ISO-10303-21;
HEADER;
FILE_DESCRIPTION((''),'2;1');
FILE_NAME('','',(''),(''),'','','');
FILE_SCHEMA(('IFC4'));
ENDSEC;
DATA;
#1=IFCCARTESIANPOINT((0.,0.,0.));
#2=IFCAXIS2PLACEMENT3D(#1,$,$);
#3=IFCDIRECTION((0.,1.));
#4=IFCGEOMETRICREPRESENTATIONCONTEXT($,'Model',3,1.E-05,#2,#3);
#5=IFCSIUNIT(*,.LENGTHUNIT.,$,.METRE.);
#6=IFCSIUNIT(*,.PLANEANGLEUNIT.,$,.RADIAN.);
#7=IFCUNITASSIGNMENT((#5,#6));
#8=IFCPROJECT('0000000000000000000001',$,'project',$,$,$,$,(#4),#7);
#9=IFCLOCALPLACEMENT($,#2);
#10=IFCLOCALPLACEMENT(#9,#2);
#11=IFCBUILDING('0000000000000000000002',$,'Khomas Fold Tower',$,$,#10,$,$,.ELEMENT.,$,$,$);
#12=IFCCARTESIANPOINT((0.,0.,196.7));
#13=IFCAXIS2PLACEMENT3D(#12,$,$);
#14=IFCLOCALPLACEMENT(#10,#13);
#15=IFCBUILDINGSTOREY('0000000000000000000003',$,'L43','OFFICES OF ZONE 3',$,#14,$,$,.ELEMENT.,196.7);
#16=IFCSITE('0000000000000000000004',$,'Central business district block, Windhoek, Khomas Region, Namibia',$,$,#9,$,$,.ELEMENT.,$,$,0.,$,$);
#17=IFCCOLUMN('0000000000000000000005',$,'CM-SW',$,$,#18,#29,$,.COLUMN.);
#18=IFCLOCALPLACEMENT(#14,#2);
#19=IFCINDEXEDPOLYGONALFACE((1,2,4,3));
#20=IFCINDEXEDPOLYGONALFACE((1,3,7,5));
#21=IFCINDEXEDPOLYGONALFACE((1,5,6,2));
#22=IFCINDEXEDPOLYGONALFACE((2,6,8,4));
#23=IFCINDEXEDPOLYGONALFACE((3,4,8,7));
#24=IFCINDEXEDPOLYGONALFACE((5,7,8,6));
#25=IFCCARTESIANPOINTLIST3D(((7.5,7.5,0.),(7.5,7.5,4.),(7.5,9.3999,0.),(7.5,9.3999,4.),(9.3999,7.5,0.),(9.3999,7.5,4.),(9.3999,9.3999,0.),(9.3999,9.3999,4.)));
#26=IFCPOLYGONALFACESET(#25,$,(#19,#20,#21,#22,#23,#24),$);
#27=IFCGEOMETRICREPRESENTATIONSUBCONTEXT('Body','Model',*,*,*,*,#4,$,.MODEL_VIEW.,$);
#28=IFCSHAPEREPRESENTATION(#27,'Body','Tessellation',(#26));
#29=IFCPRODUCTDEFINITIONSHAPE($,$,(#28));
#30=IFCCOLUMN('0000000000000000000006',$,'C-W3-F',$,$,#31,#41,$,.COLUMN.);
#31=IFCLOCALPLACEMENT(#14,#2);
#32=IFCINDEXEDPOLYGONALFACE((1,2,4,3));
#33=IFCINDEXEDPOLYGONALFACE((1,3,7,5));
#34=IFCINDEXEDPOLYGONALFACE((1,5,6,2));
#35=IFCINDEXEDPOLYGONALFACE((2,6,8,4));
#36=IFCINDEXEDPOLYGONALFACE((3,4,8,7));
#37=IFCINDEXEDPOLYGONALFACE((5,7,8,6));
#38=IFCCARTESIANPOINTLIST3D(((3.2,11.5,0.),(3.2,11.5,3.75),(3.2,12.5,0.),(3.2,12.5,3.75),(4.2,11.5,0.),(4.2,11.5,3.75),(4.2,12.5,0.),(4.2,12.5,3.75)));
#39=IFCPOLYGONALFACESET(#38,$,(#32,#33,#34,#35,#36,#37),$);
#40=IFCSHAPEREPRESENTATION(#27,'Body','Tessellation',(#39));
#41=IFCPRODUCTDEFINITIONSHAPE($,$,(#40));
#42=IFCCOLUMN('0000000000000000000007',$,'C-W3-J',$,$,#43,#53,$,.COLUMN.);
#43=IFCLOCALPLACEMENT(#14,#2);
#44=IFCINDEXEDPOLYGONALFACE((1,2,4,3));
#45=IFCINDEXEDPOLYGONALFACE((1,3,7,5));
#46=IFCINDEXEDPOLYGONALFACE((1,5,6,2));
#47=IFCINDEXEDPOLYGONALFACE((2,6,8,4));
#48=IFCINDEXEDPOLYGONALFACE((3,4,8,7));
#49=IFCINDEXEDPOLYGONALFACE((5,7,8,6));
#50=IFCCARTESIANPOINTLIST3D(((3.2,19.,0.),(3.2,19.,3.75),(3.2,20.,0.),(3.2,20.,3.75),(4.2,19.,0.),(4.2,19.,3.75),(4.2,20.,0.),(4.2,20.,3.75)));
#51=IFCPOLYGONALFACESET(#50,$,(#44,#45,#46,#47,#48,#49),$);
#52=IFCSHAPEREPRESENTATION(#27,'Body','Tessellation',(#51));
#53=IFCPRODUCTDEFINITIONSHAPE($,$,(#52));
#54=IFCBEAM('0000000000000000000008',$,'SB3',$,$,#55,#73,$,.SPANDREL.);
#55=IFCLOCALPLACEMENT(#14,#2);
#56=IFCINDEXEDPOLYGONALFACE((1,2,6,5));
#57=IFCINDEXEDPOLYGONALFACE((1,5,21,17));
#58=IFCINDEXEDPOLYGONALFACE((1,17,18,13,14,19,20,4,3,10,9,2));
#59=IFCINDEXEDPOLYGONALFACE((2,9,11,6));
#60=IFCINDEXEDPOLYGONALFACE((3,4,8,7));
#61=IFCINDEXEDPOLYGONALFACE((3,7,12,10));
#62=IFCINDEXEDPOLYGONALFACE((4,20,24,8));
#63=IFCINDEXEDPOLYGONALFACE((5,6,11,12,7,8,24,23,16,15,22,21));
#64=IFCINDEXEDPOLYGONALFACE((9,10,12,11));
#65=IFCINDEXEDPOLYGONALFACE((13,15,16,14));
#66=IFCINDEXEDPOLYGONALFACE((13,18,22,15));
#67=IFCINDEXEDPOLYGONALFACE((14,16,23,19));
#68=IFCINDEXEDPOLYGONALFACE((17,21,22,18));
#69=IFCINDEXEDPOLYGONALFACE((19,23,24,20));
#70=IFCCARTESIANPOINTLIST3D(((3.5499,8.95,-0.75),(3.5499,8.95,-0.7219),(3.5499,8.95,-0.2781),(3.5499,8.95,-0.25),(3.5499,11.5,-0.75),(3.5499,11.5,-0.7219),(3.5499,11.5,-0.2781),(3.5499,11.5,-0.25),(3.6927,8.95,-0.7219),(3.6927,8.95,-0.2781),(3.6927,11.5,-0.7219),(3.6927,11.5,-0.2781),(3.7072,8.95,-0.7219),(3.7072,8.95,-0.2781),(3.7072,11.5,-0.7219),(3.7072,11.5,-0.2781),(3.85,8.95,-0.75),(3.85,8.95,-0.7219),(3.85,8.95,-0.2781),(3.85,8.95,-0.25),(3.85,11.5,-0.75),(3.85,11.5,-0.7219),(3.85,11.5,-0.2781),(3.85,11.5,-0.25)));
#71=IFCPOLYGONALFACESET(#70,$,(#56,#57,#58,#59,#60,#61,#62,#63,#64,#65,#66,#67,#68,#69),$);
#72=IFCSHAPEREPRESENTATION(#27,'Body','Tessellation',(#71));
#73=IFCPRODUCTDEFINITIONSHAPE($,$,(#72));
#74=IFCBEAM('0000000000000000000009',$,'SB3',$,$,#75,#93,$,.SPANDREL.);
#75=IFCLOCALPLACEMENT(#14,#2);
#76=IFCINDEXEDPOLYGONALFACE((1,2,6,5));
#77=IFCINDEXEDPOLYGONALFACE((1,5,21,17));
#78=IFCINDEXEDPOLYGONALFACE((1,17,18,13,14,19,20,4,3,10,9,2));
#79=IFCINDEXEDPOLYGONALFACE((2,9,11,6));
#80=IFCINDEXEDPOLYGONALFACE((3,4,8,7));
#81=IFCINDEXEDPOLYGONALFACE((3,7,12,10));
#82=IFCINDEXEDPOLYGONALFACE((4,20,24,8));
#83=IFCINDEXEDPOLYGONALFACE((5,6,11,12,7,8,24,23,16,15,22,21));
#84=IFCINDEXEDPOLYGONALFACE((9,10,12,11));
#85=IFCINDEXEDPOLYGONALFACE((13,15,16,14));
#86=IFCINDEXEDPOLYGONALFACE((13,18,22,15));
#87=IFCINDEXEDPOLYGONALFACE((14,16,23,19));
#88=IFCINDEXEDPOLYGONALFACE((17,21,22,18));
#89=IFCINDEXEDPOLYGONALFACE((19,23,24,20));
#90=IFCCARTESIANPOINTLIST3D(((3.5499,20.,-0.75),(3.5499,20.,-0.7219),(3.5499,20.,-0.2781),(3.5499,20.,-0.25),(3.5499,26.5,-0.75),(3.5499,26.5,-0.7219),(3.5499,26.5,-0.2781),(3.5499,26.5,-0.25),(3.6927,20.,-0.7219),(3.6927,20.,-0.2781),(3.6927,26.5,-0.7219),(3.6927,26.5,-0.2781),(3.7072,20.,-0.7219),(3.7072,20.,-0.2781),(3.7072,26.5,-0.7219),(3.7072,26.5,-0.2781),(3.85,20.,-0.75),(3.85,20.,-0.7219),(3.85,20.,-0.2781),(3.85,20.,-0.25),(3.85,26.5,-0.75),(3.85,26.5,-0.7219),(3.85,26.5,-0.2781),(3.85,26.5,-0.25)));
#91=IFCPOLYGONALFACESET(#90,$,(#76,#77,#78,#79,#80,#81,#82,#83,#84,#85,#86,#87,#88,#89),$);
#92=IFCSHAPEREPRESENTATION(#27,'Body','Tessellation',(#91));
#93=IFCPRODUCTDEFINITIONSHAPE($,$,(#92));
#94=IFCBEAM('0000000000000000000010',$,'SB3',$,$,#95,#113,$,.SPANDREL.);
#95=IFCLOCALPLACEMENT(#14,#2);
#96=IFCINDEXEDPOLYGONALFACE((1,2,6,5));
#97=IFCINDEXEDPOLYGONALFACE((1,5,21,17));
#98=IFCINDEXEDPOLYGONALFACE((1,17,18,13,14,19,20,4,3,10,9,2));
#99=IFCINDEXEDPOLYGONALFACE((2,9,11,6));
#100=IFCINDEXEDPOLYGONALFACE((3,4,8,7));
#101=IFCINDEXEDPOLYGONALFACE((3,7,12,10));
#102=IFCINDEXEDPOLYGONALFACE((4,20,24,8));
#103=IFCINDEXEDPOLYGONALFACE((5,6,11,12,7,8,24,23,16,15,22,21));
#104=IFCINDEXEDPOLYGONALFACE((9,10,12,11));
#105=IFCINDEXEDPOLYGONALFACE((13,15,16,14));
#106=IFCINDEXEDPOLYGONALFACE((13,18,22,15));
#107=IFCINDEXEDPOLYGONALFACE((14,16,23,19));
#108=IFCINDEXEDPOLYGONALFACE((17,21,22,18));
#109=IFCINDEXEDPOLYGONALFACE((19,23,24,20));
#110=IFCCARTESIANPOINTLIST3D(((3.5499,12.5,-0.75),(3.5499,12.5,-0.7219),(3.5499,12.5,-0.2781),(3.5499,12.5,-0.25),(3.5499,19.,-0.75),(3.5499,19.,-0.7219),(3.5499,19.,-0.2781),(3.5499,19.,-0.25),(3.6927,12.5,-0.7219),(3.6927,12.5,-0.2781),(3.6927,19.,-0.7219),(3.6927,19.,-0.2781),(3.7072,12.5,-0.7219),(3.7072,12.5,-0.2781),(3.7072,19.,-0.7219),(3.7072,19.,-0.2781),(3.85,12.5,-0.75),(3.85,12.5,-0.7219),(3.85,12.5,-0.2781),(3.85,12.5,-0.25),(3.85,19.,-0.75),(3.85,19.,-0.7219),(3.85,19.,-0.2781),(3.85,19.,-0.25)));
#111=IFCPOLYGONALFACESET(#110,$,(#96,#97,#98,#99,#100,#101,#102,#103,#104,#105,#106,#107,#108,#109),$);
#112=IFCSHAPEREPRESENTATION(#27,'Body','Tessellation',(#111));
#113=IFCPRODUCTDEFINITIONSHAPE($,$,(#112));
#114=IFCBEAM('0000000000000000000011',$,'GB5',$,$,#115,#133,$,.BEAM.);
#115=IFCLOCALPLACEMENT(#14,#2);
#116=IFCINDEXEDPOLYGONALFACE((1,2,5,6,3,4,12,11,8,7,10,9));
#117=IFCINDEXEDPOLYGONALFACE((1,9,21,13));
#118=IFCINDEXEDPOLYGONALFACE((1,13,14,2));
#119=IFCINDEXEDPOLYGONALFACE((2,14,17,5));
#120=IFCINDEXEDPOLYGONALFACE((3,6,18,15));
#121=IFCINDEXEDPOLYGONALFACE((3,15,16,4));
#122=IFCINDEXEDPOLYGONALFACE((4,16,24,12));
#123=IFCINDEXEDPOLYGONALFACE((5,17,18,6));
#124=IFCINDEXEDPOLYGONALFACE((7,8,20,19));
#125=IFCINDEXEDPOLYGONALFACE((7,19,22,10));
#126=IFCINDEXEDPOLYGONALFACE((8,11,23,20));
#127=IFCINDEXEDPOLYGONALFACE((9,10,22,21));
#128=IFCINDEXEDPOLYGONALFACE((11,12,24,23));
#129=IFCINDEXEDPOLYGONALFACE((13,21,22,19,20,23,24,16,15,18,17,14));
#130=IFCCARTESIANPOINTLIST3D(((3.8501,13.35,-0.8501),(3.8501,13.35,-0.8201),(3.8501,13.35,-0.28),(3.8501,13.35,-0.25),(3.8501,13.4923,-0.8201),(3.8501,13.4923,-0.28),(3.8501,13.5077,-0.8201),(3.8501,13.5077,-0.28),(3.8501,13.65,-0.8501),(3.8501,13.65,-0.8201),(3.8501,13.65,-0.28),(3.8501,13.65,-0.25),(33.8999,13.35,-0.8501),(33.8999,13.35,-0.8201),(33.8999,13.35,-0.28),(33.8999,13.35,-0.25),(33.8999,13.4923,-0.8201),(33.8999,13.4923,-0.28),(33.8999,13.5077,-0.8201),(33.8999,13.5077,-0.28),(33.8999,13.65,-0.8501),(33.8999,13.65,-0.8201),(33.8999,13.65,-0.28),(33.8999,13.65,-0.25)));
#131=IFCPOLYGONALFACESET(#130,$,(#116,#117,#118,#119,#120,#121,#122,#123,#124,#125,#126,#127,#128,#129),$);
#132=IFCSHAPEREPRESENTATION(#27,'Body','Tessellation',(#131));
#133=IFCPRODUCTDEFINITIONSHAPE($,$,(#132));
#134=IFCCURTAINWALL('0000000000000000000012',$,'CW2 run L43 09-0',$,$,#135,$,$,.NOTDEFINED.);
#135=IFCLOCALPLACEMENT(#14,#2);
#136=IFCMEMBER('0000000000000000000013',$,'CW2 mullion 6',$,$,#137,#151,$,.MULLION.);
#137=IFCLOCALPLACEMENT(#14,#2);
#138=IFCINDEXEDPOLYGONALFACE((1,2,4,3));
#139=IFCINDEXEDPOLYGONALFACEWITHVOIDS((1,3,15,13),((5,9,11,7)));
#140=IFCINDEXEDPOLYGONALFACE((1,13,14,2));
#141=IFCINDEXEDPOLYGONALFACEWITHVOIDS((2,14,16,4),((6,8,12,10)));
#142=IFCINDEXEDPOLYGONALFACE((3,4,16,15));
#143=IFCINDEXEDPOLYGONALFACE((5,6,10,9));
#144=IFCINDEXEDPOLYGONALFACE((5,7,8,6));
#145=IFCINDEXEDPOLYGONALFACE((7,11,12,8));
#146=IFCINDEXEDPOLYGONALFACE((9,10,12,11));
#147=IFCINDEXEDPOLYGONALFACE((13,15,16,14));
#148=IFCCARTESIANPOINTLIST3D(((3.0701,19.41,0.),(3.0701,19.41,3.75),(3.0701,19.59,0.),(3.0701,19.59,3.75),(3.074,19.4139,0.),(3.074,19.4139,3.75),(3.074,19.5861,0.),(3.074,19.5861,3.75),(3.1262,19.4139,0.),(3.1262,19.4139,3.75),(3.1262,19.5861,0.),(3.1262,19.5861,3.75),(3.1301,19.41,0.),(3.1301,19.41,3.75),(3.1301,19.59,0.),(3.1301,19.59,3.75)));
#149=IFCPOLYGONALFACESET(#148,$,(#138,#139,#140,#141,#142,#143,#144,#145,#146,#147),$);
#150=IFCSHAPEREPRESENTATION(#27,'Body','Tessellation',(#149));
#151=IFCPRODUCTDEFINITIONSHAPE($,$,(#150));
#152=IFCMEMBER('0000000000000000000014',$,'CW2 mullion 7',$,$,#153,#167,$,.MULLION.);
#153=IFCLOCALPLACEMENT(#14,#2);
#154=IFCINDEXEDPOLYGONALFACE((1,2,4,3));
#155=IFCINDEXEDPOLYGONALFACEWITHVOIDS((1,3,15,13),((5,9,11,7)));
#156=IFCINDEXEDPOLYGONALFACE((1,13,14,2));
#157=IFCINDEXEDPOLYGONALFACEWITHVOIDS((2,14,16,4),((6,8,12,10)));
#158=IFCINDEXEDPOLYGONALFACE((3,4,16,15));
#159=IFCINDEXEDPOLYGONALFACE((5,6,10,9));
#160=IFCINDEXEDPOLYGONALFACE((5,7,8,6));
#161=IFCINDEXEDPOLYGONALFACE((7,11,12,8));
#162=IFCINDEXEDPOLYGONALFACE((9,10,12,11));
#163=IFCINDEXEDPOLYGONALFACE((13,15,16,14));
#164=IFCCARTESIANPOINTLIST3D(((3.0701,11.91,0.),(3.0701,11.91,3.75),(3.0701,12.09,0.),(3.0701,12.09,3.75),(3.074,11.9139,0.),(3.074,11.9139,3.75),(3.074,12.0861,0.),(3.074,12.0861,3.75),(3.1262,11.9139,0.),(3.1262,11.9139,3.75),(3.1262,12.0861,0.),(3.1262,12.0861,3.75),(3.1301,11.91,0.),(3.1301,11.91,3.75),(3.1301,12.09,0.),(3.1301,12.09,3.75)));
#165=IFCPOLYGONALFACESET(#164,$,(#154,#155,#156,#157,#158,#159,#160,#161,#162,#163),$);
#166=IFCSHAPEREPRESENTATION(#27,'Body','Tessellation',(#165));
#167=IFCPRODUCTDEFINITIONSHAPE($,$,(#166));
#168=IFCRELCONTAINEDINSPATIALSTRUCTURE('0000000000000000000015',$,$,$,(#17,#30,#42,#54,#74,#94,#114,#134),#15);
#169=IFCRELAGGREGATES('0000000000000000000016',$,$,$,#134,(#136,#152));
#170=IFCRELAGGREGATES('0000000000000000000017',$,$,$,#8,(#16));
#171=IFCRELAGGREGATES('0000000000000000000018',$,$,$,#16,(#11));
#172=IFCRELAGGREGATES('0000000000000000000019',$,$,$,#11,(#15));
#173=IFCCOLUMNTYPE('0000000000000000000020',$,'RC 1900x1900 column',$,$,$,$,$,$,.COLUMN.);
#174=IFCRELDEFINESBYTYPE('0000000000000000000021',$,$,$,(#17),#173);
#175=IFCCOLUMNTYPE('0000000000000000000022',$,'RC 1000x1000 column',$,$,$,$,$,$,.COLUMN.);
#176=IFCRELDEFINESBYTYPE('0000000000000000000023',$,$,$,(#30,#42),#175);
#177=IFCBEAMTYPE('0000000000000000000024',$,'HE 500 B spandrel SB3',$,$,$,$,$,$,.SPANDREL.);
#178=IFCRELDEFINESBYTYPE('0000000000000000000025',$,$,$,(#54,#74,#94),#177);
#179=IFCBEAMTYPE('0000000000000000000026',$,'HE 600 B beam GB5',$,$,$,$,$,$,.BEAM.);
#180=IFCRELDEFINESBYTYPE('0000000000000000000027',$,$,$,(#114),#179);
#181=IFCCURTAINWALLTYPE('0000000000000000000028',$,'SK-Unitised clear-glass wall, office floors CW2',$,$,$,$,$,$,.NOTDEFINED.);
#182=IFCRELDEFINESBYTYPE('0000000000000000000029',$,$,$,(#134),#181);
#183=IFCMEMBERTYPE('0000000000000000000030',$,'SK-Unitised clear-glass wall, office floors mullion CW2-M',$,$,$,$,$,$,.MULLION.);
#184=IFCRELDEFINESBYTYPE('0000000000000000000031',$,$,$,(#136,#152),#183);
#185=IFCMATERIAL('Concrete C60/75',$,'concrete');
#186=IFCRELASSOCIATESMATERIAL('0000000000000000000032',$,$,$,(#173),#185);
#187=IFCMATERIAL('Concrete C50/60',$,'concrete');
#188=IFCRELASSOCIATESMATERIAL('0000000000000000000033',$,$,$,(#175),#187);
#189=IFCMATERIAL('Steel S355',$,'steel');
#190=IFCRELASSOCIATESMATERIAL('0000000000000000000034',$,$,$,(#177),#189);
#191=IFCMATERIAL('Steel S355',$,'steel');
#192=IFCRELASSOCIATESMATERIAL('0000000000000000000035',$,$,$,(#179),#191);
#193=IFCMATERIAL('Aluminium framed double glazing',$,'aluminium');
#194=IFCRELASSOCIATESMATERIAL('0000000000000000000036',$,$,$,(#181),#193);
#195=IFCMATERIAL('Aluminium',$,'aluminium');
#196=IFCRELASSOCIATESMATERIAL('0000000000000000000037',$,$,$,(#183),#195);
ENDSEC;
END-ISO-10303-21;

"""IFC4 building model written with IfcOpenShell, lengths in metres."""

from ifc_helpers import new_model, si_unit, direction, frame, origin, origin_2d, place, context, subcontext, project, spatial, rectangle, hollow_rectangle, i_section, extrude, source, transform, mapped, material, material_profile, profile_set, type_object, element, aggregate, save


model = new_model("IFC4")

# Units and contexts
model_context = context("Model", 3, precision=1e-05, world=origin(), true_north=direction((0.0, 1.0)))
body_context = subcontext(model_context, "Body", "Model", "MODEL_VIEW")
ifc_project = project(units=[si_unit("LENGTHUNIT", "METRE"), si_unit("PLANEANGLEUNIT", "RADIAN")], contexts=[model_context])

# Site, building, storey
site_placement = place(None, origin())
site = spatial("IfcSite", under=ifc_project, at=site_placement, Name="Central business district block, Windhoek, Khomas Region, Namibia", CompositionType="ELEMENT", RefElevation=0.0)
building_placement = place(site_placement, origin())
building = spatial("IfcBuilding", under=site, at=building_placement, Name="Khomas Fold Tower", CompositionType="ELEMENT")
storey_placement = place(building_placement, frame((0.0, 0.0, 196.7)))
storey = spatial("IfcBuildingStorey", under=building, at=storey_placement, Name="L43", Description="OFFICES OF ZONE 3", CompositionType="ELEMENT", Elevation=196.7)

# Columns
ifc_material_1 = material(Name="Concrete C60/75", Category="concrete")
ifc_material_profile_1 = material_profile(ifc_material_1, rectangle(XDim=1.8999, YDim=1.8999, at=origin_2d()), Name="RC 1900x1900")
ifc_profile_set_1 = profile_set([ifc_material_profile_1], Name="Concrete C60/75")
column_type_1 = type_object("IfcColumnType", Name="RC 1900x1900 column", PredefinedType="COLUMN", material=ifc_profile_set_1)
shared_shape_1 = source(origin(), body_context, "Body", "SweptSolid", [
    extrude(rectangle(XDim=1.8999, YDim=1.8999, at=origin_2d()), origin(), (0.0, 0.0, 1.0), 4.0),
])
column_placement = place(storey_placement, frame((8.45, 8.45, 0.0), z_axis=(0.0, 0.0, 1.0), x_axis=(1.0, 0.0, 0.0)))
element("IfcColumn", 1, at=column_placement, inside=storey, type_object=column_type_1, Name="CM-SW", PredefinedType="COLUMN", context=body_context, shape_type="MappedRepresentation", body=[
    mapped(shared_shape_1, transform((0.0, 0.0, 0.0))),
])
ifc_material_2 = material(Name="Concrete C50/60", Category="concrete")
ifc_material_profile_2 = material_profile(ifc_material_2, rectangle(XDim=1.0, YDim=1.0, at=origin_2d()), Name="RC 1000x1000")
ifc_profile_set_2 = profile_set([ifc_material_profile_2], Name="Concrete C50/60")
column_type_2 = type_object("IfcColumnType", Name="RC 1000x1000 column", PredefinedType="COLUMN", material=ifc_profile_set_2)
shared_shape_2 = source(origin(), body_context, "Body", "SweptSolid", [
    extrude(rectangle(XDim=1.0, YDim=1.0, at=origin_2d()), origin(), (0.0, 0.0, 1.0), 3.75),
])
for number, where, z_axis, x_axis, name in (
    (2, (3.7, 12.0, 0.0), (0.0, 0.0, 1.0), (1.0, 0.0, 0.0), "C-W3-F"),
    (3, (3.7, 19.5, 0.0), (0.0, 0.0, 1.0), (1.0, 0.0, 0.0), "C-W3-J"),
):
    element("IfcColumn", number, at=place(storey_placement, frame(where, z_axis=z_axis, x_axis=x_axis)), inside=storey, type_object=column_type_2, Name=name, PredefinedType="COLUMN", context=body_context, shape_type="MappedRepresentation", body=[
        mapped(shared_shape_2, transform((0.0, 0.0, 0.0))),
    ])

# Beams
ifc_material_3 = material(Name="Steel S355", Category="steel")
ifc_material_profile_3 = material_profile(ifc_material_3, i_section(OverallWidth=0.3, OverallDepth=0.5, WebThickness=0.0144, FlangeThickness=0.0281, at=origin_2d()), Name="HE 500 B")
ifc_profile_set_3 = profile_set([ifc_material_profile_3], Name="Steel S355")
beam_type_1 = type_object("IfcBeamType", Name="HE 500 B spandrel SB3", PredefinedType="SPANDREL", material=ifc_profile_set_3)
shared_shape_3 = source(origin(), body_context, "Body", "SweptSolid", [
    extrude(i_section(OverallWidth=0.3, OverallDepth=0.5, WebThickness=0.0144, FlangeThickness=0.0281, at=origin_2d()), origin(), (0.0, 0.0, 1.0), 2.55),
])
beam_1_placement = place(storey_placement, frame((3.7, 8.95, -0.5), z_axis=(0.0, 1.0, 0.0), x_axis=(-1.0, 0.0, 0.0)))
element("IfcBeam", 4, at=beam_1_placement, inside=storey, type_object=beam_type_1, Name="SB3", PredefinedType="SPANDREL", context=body_context, shape_type="MappedRepresentation", body=[
    mapped(shared_shape_3, transform((0.0, 0.0, 0.0))),
])
shared_shape_4 = source(origin(), body_context, "Body", "SweptSolid", [
    extrude(i_section(OverallWidth=0.3, OverallDepth=0.5, WebThickness=0.0144, FlangeThickness=0.0281, at=origin_2d()), origin(), (0.0, 0.0, 1.0), 6.5),
])
for number, where, z_axis, x_axis, name in (
    (5, (3.7, 20.0, -0.5), (0.0, 1.0, 0.0), (-1.0, 0.0, 0.0), "SB3"),
    (6, (3.7, 12.5, -0.5), (0.0, 1.0, 0.0), (-1.0, 0.0, 0.0), "SB3"),
):
    element("IfcBeam", number, at=place(storey_placement, frame(where, z_axis=z_axis, x_axis=x_axis)), inside=storey, type_object=beam_type_1, Name=name, PredefinedType="SPANDREL", context=body_context, shape_type="MappedRepresentation", body=[
        mapped(shared_shape_4, transform((0.0, 0.0, 0.0))),
    ])
ifc_material_4 = material(Name="Steel S355", Category="steel")
ifc_material_profile_4 = material_profile(ifc_material_4, i_section(OverallWidth=0.3, OverallDepth=0.6001, WebThickness=0.0154, FlangeThickness=0.03, at=origin_2d()), Name="HE 600 B")
ifc_profile_set_4 = profile_set([ifc_material_profile_4], Name="Steel S355")
beam_type_2 = type_object("IfcBeamType", Name="HE 600 B beam GB5", PredefinedType="BEAM", material=ifc_profile_set_4)
shared_shape_5 = source(origin(), body_context, "Body", "SweptSolid", [
    extrude(i_section(OverallWidth=0.3, OverallDepth=0.6001, WebThickness=0.0154, FlangeThickness=0.03, at=origin_2d()), origin(), (0.0, 0.0, 1.0), 30.0498),
])
beam_2_placement = place(storey_placement, frame((3.8501, 13.5, -0.55), z_axis=(1.0, 0.0, 0.0), x_axis=(0.0, 1.0, 0.0)))
element("IfcBeam", 7, at=beam_2_placement, inside=storey, type_object=beam_type_2, Name="GB5", PredefinedType="BEAM", context=body_context, shape_type="MappedRepresentation", body=[
    mapped(shared_shape_5, transform((0.0, 0.0, 0.0))),
])

# Curtain wall, members
ifc_material_5 = material(Name="Aluminium framed double glazing", Category="aluminium")
curtain_wall_type = type_object("IfcCurtainWallType", Name="SK-Unitised clear-glass wall, office floors CW2", PredefinedType="NOTDEFINED", material=ifc_material_5)
curtain_wall_placement = place(storey_placement, origin())
curtain_wall = element("IfcCurtainWall", 8, at=curtain_wall_placement, inside=storey, type_object=curtain_wall_type, Name="CW2 run L43 09-0", PredefinedType="NOTDEFINED")
ifc_material_6 = material(Name="Aluminium", Category="aluminium")
ifc_material_profile_5 = material_profile(ifc_material_6, hollow_rectangle(XDim=0.0601, YDim=0.1799, WallThickness=0.0039, at=origin_2d()), Name="SK-Unitised clear-glass wall, office floors mullion CW2-M")
ifc_profile_set_5 = profile_set([ifc_material_profile_5], Name="Aluminium")
member_type_1 = type_object("IfcMemberType", Name="SK-Unitised clear-glass wall, office floors mullion CW2-M", PredefinedType="MULLION", material=ifc_profile_set_5)
shared_shape_6 = source(origin(), body_context, "Body", "SweptSolid", [
    extrude(hollow_rectangle(XDim=0.0601, YDim=0.1799, WallThickness=0.0039, at=origin_2d()), origin(), (0.0, 0.0, 1.0), 3.75),
])
member_1_placement = place(storey_placement, frame((3.1001, 19.5, 0.0), z_axis=(0.0, 0.0, 1.0), x_axis=(1.0, 0.0, 0.0)))
member_1 = element("IfcMember", 9, at=member_1_placement, type_object=member_type_1, Name="CW2 mullion 6", PredefinedType="MULLION", context=body_context, shape_type="MappedRepresentation", body=[
    mapped(shared_shape_6, transform((0.0, 0.0, 0.0))),
])
member_2_placement = place(storey_placement, frame((3.1001, 12.0, 0.0), z_axis=(0.0, 0.0, 1.0), x_axis=(1.0, 0.0, 0.0)))
member_2 = element("IfcMember", 10, at=member_2_placement, type_object=member_type_1, Name="CW2 mullion 7", PredefinedType="MULLION", context=body_context, shape_type="MappedRepresentation", body=[
    mapped(shared_shape_6, transform((0.0, 0.0, 0.0))),
])
aggregate(curtain_wall, [member_1, member_2])

save(model, "model.ifc")
